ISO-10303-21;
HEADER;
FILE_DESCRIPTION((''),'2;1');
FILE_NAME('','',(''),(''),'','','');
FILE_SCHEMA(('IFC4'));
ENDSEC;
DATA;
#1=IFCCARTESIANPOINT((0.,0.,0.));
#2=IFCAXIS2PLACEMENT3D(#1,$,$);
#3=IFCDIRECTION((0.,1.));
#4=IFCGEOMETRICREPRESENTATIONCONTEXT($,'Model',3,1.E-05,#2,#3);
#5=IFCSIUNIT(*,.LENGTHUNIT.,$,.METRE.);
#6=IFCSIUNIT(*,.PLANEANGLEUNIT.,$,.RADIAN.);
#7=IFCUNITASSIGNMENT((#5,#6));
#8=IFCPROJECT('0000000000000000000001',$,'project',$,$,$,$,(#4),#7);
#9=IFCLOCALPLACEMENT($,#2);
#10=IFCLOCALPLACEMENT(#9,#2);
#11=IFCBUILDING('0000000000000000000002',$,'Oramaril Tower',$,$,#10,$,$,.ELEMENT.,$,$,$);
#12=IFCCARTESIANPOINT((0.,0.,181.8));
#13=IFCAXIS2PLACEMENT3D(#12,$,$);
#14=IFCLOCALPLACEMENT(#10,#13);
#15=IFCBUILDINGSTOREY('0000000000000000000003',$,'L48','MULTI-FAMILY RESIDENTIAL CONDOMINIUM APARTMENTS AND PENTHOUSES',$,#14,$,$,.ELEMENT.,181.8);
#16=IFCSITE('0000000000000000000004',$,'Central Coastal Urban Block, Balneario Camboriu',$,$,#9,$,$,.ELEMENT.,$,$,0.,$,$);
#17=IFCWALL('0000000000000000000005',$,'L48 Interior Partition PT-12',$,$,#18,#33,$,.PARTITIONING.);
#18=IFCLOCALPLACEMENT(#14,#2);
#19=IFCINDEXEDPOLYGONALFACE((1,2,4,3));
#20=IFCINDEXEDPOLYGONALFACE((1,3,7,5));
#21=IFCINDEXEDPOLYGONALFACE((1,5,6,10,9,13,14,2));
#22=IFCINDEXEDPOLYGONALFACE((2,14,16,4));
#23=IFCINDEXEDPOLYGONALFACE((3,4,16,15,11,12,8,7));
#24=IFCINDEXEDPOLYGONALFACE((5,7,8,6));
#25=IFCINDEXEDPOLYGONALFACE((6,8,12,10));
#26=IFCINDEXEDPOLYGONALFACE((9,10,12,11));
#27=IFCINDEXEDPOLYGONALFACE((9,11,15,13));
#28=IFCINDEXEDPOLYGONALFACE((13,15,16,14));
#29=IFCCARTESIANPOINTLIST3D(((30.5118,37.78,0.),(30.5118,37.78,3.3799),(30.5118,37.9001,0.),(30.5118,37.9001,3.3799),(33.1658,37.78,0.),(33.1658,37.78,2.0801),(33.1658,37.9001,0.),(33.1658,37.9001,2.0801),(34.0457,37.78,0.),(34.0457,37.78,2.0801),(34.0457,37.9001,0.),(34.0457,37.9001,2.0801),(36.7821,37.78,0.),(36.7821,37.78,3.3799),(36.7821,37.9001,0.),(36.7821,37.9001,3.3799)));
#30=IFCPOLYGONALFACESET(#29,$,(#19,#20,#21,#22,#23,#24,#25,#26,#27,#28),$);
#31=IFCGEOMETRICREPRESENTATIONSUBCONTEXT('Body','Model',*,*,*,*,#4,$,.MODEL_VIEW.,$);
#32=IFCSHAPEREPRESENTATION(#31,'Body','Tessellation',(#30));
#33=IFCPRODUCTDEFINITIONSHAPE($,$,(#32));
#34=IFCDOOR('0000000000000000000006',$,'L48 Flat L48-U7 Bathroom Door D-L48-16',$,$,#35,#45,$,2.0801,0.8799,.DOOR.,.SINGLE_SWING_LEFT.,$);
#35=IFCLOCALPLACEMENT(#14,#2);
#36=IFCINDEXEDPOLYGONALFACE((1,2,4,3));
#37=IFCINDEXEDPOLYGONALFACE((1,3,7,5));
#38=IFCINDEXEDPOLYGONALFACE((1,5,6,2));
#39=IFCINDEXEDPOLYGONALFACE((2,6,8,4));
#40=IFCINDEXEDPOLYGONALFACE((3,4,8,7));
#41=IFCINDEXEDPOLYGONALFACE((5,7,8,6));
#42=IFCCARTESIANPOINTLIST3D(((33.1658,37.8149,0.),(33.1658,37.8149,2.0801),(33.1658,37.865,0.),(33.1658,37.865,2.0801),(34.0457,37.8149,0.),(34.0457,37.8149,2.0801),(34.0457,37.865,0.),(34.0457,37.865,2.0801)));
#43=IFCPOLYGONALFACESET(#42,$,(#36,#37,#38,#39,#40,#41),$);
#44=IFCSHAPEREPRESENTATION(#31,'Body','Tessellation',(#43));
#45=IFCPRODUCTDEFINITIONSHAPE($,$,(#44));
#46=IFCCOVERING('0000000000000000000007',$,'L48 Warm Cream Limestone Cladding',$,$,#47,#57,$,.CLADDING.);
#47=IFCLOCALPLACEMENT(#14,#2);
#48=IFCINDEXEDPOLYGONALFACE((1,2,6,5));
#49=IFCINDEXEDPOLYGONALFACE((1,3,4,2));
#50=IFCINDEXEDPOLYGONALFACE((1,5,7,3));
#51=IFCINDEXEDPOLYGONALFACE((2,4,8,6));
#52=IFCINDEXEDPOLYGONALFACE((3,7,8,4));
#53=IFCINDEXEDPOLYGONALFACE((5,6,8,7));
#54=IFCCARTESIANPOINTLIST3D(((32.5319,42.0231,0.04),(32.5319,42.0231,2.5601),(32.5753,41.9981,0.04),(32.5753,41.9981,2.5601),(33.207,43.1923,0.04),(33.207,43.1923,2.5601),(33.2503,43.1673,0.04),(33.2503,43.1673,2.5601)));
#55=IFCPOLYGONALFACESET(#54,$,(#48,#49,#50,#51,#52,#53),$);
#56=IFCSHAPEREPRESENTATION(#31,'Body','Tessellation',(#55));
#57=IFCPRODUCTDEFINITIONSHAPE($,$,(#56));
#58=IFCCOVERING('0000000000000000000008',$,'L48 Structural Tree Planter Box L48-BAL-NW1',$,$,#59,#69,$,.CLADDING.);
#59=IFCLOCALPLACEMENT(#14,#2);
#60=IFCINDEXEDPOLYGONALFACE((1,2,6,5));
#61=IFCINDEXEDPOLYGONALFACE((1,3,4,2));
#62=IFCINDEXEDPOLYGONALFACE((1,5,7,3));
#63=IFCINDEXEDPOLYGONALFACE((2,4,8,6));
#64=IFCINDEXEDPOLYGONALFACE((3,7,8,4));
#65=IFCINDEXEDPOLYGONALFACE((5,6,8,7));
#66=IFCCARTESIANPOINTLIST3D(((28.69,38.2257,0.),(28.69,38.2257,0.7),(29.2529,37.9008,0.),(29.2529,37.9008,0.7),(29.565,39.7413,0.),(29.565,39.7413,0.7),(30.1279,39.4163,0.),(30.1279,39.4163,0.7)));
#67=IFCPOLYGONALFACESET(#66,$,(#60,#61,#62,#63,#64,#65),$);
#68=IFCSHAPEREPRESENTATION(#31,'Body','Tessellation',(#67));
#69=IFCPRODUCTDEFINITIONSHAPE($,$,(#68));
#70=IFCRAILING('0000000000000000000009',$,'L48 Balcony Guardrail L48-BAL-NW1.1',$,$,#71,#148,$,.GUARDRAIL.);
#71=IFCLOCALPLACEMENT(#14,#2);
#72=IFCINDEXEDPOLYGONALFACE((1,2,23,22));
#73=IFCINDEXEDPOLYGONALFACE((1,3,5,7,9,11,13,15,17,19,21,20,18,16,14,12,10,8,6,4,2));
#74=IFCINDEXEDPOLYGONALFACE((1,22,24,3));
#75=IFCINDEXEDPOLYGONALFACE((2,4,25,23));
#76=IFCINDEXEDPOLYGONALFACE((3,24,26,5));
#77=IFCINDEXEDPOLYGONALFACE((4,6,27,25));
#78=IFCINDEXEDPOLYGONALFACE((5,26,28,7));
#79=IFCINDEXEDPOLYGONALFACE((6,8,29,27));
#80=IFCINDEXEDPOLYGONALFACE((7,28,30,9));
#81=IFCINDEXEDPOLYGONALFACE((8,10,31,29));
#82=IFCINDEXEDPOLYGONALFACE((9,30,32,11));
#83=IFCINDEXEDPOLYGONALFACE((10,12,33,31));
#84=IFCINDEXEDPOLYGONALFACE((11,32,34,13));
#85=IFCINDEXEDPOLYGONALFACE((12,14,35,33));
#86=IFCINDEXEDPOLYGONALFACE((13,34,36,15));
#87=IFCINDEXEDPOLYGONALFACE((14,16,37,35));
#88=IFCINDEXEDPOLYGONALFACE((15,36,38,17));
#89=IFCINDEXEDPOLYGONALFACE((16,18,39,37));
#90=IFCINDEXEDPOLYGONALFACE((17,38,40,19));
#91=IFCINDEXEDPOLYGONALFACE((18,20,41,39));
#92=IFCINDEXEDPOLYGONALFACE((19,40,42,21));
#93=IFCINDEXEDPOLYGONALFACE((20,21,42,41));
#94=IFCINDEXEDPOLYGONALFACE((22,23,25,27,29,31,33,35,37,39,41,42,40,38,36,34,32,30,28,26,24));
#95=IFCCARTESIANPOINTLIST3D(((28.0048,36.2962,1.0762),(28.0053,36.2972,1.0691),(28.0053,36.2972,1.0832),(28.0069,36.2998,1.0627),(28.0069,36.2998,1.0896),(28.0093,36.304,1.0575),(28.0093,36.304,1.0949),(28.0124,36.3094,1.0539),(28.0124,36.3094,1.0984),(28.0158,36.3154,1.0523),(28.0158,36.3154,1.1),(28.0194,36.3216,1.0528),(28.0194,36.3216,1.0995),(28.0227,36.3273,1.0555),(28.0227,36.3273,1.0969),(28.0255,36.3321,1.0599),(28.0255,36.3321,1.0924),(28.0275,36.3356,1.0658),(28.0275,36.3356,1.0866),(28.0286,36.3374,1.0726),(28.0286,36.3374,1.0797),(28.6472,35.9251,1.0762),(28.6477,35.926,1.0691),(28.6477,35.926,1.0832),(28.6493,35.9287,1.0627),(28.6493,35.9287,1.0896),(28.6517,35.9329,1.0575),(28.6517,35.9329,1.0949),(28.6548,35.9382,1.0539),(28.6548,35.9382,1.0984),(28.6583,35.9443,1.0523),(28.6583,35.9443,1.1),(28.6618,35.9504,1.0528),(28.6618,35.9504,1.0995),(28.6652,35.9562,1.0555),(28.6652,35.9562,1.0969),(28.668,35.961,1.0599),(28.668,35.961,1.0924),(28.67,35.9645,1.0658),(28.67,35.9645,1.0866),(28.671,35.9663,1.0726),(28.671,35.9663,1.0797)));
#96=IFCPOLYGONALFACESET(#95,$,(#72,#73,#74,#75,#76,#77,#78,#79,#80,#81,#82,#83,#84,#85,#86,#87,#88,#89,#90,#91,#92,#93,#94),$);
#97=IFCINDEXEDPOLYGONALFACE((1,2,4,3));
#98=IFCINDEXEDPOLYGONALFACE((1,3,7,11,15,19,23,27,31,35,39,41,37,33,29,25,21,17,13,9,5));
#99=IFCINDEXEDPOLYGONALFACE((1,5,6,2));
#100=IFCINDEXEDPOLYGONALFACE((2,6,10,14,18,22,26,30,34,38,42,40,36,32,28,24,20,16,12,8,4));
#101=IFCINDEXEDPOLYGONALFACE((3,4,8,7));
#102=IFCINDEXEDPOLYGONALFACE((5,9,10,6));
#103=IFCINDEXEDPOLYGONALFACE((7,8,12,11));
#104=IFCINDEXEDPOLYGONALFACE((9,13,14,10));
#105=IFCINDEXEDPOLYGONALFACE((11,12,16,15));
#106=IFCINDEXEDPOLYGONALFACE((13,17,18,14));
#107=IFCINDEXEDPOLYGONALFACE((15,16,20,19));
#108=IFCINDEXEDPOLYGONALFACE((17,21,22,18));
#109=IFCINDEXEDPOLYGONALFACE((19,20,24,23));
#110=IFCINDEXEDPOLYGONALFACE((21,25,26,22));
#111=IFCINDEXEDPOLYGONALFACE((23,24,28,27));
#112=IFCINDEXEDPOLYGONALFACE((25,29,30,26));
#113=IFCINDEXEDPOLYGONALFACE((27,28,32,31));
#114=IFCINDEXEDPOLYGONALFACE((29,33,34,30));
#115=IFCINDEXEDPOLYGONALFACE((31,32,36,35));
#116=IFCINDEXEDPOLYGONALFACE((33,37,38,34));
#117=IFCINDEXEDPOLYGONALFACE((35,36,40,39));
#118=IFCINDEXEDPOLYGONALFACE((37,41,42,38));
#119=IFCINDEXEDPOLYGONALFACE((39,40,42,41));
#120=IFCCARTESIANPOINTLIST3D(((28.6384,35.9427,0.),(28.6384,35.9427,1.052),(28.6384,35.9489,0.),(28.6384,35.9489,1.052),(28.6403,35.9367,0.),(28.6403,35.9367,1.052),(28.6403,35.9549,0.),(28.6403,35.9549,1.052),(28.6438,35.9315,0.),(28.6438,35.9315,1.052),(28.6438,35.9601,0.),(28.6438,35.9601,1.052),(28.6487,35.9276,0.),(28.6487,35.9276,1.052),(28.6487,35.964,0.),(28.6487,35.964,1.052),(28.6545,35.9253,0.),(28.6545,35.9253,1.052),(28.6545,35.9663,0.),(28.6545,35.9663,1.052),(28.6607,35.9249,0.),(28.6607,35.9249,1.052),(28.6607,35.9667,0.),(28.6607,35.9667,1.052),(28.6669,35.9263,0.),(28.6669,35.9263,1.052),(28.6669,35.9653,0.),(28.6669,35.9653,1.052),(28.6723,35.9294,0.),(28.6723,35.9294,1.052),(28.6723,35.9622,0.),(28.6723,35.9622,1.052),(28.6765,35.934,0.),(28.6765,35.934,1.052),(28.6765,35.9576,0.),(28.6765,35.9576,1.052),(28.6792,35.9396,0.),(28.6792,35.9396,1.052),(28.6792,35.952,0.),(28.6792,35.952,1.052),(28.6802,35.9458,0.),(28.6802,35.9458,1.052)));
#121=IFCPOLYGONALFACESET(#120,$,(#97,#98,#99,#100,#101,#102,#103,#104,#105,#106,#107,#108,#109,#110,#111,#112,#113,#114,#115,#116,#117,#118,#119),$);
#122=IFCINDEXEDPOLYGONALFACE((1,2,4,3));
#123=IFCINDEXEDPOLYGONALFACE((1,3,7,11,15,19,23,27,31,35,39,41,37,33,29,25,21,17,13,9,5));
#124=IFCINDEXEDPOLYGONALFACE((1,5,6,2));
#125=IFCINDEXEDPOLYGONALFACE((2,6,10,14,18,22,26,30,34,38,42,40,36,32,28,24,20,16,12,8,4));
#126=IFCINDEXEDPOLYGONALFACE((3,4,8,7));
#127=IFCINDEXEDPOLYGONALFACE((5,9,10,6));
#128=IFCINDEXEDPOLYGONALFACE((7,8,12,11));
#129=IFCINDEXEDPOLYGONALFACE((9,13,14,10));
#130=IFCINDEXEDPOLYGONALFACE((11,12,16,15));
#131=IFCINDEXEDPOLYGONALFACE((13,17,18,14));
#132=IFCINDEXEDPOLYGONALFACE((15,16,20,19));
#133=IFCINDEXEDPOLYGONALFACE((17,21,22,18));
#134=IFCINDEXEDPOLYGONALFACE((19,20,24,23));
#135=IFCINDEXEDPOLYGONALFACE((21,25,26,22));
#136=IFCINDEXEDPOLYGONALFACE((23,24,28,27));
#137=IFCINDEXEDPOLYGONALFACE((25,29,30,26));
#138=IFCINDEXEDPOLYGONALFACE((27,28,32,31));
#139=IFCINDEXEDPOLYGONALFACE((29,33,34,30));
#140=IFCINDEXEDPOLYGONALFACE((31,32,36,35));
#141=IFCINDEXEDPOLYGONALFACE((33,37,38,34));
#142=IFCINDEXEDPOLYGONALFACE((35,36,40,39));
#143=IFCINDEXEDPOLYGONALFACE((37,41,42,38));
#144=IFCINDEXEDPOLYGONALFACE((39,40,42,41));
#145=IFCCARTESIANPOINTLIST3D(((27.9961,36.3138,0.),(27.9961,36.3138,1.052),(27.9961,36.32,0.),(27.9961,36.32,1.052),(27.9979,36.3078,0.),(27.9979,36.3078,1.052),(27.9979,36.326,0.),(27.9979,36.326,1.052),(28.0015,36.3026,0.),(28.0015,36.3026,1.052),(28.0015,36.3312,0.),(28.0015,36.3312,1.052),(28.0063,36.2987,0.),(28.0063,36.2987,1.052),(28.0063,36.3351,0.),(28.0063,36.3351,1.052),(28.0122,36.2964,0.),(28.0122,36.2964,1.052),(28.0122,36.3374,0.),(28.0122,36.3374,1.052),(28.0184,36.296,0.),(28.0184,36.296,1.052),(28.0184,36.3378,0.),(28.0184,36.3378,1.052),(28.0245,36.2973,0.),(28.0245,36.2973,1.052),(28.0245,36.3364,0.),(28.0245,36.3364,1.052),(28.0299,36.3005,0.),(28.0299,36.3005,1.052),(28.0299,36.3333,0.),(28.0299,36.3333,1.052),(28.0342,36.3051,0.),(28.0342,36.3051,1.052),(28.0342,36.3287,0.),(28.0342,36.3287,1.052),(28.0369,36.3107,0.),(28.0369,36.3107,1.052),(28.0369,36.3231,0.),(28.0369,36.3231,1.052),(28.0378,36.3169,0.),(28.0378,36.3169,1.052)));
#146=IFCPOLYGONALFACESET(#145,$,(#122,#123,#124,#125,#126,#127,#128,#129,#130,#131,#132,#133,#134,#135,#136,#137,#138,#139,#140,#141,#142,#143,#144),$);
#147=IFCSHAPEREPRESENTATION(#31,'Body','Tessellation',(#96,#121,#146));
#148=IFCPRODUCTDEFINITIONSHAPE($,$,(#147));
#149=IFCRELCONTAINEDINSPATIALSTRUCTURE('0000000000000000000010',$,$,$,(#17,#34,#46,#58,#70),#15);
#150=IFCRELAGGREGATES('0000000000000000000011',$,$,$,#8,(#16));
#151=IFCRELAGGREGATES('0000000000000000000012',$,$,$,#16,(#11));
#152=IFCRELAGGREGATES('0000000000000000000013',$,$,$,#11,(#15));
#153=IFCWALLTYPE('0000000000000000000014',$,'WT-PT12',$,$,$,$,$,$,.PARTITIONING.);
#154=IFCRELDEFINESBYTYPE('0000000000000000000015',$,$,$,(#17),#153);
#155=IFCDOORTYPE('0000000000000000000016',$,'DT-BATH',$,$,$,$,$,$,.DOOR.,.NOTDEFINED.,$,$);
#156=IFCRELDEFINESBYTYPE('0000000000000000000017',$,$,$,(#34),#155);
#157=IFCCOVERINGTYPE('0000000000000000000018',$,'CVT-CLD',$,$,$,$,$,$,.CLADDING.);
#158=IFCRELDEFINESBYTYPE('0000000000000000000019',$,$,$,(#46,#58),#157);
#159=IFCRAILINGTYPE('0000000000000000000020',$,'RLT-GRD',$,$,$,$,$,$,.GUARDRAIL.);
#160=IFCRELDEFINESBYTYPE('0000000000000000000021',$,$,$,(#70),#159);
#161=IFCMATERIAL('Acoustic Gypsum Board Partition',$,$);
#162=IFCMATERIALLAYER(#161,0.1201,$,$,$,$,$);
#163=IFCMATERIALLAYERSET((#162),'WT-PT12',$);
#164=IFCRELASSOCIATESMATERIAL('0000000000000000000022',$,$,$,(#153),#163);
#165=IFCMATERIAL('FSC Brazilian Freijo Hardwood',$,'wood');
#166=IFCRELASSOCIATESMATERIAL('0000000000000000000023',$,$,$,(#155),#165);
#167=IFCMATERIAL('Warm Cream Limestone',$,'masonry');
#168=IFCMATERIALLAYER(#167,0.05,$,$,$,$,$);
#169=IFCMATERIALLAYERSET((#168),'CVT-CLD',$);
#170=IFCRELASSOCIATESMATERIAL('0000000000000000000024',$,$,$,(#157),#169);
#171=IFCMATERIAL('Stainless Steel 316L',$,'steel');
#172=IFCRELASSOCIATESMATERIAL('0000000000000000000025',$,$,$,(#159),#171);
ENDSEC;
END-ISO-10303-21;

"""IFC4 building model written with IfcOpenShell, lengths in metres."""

from ifc_helpers import new_model, si_unit, direction, frame, frame_2d, origin, origin_2d, place, context, subcontext, project, spatial, rectangle, circle, extrude, material, layer, layer_set, type_object, element, fill, save


model = new_model("IFC4")

# Units and contexts
model_context = context("Model", 3, precision=1e-05, world=origin(), true_north=direction((0.0, 1.0)))
body_context = subcontext(model_context, "Body", "Model", "MODEL_VIEW")
ifc_project = project(units=[si_unit("LENGTHUNIT", "METRE"), si_unit("PLANEANGLEUNIT", "RADIAN")], contexts=[model_context])

# Site, building, storey
site_placement = place(None, origin())
site = spatial("IfcSite", under=ifc_project, at=site_placement, Name="Central Coastal Urban Block, Balneario Camboriu", CompositionType="ELEMENT", RefElevation=0.0)
building_placement = place(site_placement, origin())
building = spatial("IfcBuilding", under=site, at=building_placement, Name="Oramaril Tower", CompositionType="ELEMENT")
storey_placement = place(building_placement, frame((0.0, 0.0, 181.8)))
storey = spatial("IfcBuildingStorey", under=building, at=storey_placement, Name="L48", Description="MULTI-FAMILY RESIDENTIAL CONDOMINIUM APARTMENTS AND PENTHOUSES", CompositionType="ELEMENT", Elevation=181.8)

# Wall, opening, door
ifc_material_1 = material(Name="Acoustic Gypsum Board Partition")
ifc_layer_1 = layer(ifc_material_1, 0.1201)
ifc_layer_set_1 = layer_set([ifc_layer_1], Name="WT-PT12")
wall_type_1 = type_object("IfcWallType", Name="WT-PT12", PredefinedType="PARTITIONING", material=ifc_layer_set_1)
wall_1_placement = place(storey_placement, frame((30.5117, 37.8401, 0.0), z_axis=(0.0, 0.0, 1.0), x_axis=(1.0, 0.0, 0.0)))
wall_1 = element("IfcWall", 1, at=wall_1_placement, inside=storey, type_object=wall_type_1, Name="L48 Interior Partition PT-12", PredefinedType="PARTITIONING", context=body_context, shape_type="SweptSolid", body=[
    extrude(rectangle(XDim=6.2703, YDim=0.1201, at=frame_2d((3.1353, 0.0))), origin(), (0.0, 0.0, 1.0), 3.3799),
])
opening_1_placement = place(wall_1_placement, frame((2.6541, 0.0, 0.0)))
opening_1 = element("IfcOpeningElement", 2, at=opening_1_placement, cuts=wall_1, PredefinedType="OPENING", context=body_context, shape_type="SweptSolid", body=[
    extrude(rectangle(XDim=0.8799, YDim=2.0801, at=frame_2d((0.4399, 1.04))), frame((0.0, 0.0601, 0.0), z_axis=(0.0, -1.0, 0.0), x_axis=(1.0, 0.0, 0.0)), (0.0, 0.0, 1.0), 0.1201),
])
ifc_material_2 = material(Name="FSC Brazilian Freijo Hardwood", Category="wood")
door_type_1 = type_object("IfcDoorType", Name="DT-BATH", OperationType="NOTDEFINED", PredefinedType="DOOR", material=ifc_material_2)
door_1_placement = place(opening_1_placement, origin())
door_1 = element("IfcDoor", 3, at=door_1_placement, inside=storey, type_object=door_type_1, Name="L48 Flat L48-U7 Bathroom Door D-L48-16", OperationType="SINGLE_SWING_LEFT", OverallHeight=2.0801, OverallWidth=0.8799, PredefinedType="DOOR", context=body_context, shape_type="SweptSolid", body=[
    extrude(rectangle(XDim=0.8799, YDim=2.0801, at=frame_2d((0.4399, 1.04))), frame((0.0, 0.0249, 0.0), z_axis=(0.0, -1.0, 0.0), x_axis=(1.0, 0.0, 0.0)), (0.0, 0.0, 1.0), 0.05),
])
fill(opening_1, door_1)

# Coverings
ifc_material_3 = material(Name="Warm Cream Limestone", Category="masonry")
ifc_layer_2 = layer(ifc_material_3, 0.05)
ifc_layer_set_2 = layer_set([ifc_layer_2], Name="CVT-CLD")
covering_type = type_object("IfcCoveringType", Name="CVT-CLD", PredefinedType="CLADDING", material=ifc_layer_set_2)
covering_1_placement = place(storey_placement, frame((32.8911, 42.5952, 0.04), z_axis=(0.0, 0.0, 1.0), x_axis=(-0.5, -0.866025, 0.0)))
element("IfcCovering", 4, at=covering_1_placement, inside=storey, type_object=covering_type, Name="L48 Warm Cream Limestone Cladding", PredefinedType="CLADDING", context=body_context, shape_type="SweptSolid", body=[
    extrude(rectangle(XDim=1.3501, YDim=0.05, at=origin_2d()), origin(), (0.0, 0.0, 1.0), 2.52),
])
covering_2_placement = place(storey_placement, frame((29.4089, 38.821, 0.0), z_axis=(0.0, 0.0, 1.0), x_axis=(-0.5, -0.866025, 0.0)))
element("IfcCovering", 5, at=covering_2_placement, inside=storey, type_object=covering_type, Name="L48 Structural Tree Planter Box L48-BAL-NW1", PredefinedType="CLADDING", context=body_context, shape_type="SweptSolid", body=[
    extrude(rectangle(XDim=1.75, YDim=0.6499, at=origin_2d()), origin(), (0.0, 0.0, 1.0), 0.7),
])

# Railing
ifc_material_4 = material(Name="Stainless Steel 316L", Category="steel")
railing_type = type_object("IfcRailingType", Name="RLT-GRD", PredefinedType="GUARDRAIL", material=ifc_material_4)
railing_1_placement = place(storey_placement, frame((28.6592, 35.9458, 0.0)))
element("IfcRailing", 6, at=railing_1_placement, inside=storey, type_object=railing_type, Name="L48 Balcony Guardrail L48-BAL-NW1.1", PredefinedType="GUARDRAIL", context=body_context, shape_type="SweptSolid", body=[
    extrude(circle(Radius=0.0239, at=origin_2d()), frame((0.0, 0.0, 1.0762), z_axis=(-0.865884, 0.500245, 0.0), x_axis=(-0.500245, -0.865884, 0.0)), (0.0, 0.0, 1.0), 0.7419),
    extrude(circle(Radius=0.021, at=origin_2d()), origin(), (0.0, 0.0, 1.0), 1.052),
    extrude(circle(Radius=0.021, at=origin_2d()), frame((-0.6423, 0.3711, 0.0)), (0.0, 0.0, 1.0), 1.052),
])

save(model, "model.ifc")
